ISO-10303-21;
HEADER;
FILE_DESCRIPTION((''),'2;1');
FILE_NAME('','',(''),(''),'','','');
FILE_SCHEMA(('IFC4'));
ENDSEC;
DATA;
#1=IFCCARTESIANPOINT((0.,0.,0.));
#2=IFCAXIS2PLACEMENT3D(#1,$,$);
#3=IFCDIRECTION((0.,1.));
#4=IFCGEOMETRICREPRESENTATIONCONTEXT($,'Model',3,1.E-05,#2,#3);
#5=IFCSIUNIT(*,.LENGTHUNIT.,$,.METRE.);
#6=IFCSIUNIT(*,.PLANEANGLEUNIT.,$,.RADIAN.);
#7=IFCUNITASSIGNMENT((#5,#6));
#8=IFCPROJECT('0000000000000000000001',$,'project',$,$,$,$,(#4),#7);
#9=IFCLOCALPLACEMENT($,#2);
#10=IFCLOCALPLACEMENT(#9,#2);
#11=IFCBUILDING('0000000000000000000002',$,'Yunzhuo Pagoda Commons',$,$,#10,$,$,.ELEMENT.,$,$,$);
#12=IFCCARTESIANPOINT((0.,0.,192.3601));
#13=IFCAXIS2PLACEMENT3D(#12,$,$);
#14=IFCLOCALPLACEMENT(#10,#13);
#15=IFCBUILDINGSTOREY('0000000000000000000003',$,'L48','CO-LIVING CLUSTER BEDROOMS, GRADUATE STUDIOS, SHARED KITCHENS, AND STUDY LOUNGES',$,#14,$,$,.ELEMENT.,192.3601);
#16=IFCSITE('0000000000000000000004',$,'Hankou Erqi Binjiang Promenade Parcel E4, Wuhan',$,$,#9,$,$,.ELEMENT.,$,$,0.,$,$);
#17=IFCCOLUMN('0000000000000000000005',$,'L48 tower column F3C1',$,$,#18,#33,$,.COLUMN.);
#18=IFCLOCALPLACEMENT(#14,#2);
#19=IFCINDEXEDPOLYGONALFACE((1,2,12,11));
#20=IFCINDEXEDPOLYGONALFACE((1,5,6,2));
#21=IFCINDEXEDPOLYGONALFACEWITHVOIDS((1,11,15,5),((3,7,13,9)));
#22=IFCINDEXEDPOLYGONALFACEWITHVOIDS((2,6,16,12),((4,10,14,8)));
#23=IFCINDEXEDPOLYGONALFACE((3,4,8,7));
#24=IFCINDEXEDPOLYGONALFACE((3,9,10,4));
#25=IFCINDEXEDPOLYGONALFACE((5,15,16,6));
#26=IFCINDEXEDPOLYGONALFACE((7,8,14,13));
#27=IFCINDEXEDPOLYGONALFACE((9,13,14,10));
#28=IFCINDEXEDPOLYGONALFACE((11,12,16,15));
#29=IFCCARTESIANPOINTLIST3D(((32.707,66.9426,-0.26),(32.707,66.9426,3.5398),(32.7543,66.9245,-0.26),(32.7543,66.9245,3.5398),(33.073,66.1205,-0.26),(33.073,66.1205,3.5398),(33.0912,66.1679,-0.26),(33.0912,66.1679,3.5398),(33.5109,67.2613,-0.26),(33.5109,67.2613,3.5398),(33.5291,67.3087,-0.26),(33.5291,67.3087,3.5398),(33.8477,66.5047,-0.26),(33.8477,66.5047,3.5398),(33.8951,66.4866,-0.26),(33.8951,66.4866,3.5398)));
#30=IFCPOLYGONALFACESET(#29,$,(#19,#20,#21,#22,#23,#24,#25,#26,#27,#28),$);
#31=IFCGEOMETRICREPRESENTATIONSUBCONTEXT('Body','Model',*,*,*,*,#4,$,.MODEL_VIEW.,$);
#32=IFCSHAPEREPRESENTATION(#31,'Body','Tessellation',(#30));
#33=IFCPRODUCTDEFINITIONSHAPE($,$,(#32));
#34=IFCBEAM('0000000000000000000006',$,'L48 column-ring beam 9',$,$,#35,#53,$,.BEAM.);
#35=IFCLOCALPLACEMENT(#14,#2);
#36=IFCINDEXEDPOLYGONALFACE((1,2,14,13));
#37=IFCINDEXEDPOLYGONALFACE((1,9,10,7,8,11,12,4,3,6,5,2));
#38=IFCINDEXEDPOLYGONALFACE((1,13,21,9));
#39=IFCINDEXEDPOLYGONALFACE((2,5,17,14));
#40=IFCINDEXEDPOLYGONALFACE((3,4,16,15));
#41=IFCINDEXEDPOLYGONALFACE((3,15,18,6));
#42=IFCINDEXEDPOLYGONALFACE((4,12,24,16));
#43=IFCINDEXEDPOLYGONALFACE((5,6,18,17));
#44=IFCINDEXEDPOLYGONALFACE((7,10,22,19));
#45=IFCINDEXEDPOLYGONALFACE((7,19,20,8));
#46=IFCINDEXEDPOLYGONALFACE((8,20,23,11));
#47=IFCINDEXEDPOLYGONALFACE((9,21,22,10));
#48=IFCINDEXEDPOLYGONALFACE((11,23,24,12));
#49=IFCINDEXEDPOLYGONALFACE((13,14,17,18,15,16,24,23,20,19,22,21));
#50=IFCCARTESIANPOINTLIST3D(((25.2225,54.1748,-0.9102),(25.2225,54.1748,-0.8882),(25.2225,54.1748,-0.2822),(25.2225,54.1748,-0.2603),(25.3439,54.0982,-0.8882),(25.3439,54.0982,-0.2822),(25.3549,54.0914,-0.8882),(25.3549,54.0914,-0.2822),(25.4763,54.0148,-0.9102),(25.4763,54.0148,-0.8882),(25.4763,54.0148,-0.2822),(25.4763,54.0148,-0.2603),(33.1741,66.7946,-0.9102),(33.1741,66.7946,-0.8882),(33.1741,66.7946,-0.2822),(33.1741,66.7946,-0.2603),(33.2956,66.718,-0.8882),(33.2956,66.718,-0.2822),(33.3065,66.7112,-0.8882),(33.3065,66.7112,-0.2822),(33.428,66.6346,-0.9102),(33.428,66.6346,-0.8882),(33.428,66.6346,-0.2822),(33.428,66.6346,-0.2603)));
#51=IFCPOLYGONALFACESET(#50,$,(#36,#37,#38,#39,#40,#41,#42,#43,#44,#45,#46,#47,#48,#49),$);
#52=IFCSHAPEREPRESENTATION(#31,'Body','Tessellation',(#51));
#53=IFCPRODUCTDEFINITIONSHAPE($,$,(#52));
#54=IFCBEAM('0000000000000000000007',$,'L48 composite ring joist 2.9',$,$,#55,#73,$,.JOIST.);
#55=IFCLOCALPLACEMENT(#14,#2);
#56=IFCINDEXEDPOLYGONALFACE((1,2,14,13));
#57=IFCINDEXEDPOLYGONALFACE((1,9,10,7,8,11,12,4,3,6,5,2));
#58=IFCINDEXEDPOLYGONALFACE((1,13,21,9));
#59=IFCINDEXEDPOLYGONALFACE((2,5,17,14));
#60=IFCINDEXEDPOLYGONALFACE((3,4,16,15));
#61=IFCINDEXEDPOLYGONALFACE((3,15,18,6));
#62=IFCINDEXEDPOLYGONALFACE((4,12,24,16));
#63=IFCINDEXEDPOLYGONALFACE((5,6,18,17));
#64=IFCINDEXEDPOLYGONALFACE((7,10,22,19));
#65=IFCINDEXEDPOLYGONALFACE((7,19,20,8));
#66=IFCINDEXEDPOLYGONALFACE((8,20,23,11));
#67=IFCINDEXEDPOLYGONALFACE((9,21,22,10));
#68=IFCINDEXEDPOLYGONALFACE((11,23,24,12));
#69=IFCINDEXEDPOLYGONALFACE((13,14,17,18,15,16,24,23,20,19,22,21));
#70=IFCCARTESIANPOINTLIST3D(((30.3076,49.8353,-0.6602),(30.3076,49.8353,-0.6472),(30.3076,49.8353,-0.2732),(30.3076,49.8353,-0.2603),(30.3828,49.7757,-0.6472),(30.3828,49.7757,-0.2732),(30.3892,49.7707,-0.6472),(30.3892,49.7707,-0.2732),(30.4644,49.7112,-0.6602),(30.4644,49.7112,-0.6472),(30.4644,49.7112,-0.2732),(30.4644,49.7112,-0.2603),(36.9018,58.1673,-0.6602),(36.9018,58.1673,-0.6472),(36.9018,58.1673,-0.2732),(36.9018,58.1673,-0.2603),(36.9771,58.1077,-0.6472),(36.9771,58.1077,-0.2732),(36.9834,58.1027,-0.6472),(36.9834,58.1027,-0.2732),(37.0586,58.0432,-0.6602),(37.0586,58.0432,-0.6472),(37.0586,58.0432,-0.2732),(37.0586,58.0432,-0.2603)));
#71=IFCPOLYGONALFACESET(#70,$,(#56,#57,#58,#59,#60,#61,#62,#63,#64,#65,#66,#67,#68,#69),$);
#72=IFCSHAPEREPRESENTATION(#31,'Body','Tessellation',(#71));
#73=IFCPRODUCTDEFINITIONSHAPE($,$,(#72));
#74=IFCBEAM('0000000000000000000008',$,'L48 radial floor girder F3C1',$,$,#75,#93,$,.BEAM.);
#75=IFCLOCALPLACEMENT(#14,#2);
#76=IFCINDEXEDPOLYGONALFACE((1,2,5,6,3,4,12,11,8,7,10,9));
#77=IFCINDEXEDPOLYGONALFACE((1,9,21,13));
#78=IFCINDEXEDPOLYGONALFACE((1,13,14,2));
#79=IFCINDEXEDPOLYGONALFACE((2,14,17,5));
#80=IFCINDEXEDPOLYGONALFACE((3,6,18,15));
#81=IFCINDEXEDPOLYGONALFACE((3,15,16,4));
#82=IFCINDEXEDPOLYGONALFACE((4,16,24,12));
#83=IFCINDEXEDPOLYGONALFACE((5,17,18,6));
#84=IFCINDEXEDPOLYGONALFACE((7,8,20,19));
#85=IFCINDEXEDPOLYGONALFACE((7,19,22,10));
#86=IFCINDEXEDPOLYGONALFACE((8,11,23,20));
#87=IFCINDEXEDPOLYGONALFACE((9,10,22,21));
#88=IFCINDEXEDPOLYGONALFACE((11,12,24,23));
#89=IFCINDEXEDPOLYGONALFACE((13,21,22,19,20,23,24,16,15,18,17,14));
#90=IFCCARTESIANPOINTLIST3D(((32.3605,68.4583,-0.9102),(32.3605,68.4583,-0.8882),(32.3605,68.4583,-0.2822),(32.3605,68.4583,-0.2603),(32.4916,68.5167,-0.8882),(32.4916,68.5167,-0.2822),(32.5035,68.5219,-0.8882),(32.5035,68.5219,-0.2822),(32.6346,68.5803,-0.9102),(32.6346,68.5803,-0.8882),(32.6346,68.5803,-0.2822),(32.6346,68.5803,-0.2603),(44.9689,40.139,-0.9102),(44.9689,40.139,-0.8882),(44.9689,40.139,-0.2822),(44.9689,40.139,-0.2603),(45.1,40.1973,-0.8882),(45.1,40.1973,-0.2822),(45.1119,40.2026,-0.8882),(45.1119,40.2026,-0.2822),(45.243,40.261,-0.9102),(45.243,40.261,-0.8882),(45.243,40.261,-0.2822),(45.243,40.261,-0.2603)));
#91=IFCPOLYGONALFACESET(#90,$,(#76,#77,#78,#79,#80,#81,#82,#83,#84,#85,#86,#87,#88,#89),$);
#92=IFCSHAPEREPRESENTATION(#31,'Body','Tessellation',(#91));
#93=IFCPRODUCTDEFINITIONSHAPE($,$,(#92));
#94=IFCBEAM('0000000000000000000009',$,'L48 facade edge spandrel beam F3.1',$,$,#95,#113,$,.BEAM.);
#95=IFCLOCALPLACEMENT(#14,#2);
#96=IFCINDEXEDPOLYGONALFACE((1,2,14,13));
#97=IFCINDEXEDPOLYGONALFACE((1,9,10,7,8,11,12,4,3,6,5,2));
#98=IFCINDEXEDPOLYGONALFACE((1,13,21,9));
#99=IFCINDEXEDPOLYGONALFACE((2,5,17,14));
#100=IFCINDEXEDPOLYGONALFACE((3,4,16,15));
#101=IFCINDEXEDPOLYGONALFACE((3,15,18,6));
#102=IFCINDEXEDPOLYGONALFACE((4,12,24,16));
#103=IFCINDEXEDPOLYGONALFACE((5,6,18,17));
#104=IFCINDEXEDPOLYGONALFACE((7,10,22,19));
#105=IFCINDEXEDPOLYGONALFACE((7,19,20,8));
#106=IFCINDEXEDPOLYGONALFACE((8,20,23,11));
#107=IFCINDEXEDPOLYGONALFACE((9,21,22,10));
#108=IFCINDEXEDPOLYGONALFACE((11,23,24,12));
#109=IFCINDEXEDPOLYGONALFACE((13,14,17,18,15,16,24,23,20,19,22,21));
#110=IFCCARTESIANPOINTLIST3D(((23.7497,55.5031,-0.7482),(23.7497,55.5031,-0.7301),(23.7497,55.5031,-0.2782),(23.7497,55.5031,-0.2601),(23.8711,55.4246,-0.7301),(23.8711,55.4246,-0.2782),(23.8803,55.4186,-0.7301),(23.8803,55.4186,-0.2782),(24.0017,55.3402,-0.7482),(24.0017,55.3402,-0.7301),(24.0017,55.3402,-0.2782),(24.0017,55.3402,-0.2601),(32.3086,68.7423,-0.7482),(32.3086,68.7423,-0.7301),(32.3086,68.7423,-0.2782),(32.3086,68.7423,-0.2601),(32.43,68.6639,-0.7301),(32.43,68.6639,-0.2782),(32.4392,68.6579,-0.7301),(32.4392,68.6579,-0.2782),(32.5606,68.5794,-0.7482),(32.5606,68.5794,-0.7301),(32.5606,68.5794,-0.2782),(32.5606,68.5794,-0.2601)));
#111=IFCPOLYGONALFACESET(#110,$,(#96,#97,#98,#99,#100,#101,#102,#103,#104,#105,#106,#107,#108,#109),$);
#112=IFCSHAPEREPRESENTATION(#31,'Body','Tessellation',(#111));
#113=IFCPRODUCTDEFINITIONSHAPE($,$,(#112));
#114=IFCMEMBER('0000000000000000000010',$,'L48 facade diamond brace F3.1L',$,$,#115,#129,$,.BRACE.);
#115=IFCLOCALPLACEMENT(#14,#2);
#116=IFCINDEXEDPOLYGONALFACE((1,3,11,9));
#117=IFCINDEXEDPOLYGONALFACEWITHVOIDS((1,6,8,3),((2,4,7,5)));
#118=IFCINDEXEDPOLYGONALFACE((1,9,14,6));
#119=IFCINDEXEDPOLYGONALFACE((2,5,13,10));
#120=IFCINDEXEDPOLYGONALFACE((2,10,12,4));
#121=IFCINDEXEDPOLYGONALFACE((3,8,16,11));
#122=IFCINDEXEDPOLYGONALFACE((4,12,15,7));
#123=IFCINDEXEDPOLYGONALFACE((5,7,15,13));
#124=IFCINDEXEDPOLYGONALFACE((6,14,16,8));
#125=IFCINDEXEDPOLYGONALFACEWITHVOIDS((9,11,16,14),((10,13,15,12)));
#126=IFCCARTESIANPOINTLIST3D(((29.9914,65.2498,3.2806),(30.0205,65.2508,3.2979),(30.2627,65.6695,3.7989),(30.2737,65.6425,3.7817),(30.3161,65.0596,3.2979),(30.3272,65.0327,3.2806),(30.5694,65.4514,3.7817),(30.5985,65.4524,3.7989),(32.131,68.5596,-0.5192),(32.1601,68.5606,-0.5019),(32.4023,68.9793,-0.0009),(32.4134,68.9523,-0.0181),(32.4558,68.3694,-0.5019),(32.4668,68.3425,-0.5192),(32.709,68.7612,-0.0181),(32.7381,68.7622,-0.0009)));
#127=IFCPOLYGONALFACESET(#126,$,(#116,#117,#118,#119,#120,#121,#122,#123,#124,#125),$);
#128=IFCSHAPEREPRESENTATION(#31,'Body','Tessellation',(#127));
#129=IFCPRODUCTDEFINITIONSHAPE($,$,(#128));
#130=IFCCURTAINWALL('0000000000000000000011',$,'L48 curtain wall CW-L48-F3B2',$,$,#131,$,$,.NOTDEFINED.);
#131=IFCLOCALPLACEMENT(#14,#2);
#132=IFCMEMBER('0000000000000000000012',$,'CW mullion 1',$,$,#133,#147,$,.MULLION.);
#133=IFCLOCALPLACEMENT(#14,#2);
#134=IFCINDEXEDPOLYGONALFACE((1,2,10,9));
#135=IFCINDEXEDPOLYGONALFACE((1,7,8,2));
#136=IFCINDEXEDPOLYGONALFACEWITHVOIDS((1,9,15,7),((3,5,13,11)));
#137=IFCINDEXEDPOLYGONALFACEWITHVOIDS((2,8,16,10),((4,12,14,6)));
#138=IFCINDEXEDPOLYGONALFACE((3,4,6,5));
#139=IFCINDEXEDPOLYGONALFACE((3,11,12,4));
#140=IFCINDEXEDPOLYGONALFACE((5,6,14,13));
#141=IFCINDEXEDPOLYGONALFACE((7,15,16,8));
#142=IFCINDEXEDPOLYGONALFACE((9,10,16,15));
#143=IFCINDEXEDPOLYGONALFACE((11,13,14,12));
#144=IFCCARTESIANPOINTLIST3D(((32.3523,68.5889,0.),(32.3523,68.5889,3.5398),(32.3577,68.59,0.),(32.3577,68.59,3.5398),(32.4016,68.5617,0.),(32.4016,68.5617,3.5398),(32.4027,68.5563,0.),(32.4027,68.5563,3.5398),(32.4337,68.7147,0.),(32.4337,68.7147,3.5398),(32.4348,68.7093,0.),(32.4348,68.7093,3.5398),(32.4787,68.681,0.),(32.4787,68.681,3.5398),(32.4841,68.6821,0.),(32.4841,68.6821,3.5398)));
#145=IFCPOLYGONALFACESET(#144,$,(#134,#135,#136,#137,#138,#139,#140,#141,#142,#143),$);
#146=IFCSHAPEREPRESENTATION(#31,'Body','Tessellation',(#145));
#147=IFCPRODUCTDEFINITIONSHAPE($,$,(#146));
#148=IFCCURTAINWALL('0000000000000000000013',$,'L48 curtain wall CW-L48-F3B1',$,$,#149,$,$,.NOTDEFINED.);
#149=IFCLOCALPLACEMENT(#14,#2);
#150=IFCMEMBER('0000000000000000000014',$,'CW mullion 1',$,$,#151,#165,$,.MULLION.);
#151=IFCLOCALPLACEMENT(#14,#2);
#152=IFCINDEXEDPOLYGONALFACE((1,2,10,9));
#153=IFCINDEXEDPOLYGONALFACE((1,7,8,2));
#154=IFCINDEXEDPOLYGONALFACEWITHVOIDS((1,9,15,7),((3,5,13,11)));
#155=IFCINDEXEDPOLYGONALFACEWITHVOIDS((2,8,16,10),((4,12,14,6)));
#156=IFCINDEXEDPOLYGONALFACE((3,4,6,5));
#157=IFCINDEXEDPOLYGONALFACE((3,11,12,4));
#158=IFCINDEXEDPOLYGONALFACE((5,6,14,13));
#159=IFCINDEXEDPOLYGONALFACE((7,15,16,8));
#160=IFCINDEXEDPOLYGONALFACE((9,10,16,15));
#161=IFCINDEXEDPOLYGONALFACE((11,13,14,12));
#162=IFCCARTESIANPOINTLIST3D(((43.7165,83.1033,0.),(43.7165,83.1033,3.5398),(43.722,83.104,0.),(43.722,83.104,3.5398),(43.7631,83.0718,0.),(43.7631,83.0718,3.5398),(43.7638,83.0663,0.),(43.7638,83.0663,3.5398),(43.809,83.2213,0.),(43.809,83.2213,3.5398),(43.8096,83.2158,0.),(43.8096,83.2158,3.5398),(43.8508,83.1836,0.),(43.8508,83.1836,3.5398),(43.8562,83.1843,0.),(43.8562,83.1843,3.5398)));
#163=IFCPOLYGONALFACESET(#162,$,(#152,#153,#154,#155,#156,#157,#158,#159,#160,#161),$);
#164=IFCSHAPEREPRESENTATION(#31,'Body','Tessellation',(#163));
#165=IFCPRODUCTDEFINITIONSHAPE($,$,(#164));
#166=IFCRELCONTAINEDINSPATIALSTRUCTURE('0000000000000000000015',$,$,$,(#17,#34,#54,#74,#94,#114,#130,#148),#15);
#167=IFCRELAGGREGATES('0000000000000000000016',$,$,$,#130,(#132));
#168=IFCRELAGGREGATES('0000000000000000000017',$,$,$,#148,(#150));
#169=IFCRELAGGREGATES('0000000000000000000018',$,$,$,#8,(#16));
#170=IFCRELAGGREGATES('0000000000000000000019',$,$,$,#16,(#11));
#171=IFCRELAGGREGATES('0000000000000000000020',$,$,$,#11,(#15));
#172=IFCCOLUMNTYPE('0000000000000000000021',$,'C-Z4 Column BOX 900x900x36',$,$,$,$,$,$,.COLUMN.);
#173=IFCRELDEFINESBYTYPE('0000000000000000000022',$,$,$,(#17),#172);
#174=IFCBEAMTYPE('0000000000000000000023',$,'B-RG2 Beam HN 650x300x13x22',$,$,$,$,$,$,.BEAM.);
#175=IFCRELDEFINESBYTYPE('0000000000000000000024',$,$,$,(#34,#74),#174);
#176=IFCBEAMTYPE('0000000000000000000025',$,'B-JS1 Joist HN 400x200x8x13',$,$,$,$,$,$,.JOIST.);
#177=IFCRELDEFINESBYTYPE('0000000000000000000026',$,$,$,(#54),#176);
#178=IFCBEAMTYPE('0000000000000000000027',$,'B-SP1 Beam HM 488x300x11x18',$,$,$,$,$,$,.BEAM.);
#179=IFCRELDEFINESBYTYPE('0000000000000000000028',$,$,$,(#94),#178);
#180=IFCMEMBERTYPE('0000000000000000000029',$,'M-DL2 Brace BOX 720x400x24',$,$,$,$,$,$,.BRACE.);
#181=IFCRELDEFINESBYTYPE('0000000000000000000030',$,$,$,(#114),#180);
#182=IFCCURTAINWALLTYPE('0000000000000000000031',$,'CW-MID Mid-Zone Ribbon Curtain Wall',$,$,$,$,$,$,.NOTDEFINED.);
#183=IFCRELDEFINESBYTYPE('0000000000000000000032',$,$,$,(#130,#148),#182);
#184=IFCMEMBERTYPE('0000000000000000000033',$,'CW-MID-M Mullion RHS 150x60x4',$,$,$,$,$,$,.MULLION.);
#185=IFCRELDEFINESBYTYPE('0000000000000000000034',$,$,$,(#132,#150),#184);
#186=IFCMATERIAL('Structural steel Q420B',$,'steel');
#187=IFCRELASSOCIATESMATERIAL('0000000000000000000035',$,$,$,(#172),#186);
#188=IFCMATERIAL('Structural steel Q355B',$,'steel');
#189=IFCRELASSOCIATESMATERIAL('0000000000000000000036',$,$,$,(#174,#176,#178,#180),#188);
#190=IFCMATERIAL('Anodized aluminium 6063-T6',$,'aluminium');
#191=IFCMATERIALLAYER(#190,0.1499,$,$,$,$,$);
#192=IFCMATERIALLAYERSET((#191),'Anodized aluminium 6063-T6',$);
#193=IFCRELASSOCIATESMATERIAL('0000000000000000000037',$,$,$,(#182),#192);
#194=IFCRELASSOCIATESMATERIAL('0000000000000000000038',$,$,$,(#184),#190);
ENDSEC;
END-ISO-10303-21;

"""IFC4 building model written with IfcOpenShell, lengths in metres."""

from ifc_helpers import new_model, si_unit, direction, frame, origin, origin_2d, place, context, subcontext, project, spatial, hollow_rectangle, i_section, extrude, source, transform, mapped, material, layer, layer_set, material_profile, profile_set, type_object, element, aggregate, save


model = new_model("IFC4")

# Units and contexts
model_context = context("Model", 3, precision=1e-05, world=origin(), true_north=direction((0.0, 1.0)))
body_context = subcontext(model_context, "Body", "Model", "MODEL_VIEW")
ifc_project = project(units=[si_unit("LENGTHUNIT", "METRE"), si_unit("PLANEANGLEUNIT", "RADIAN")], contexts=[model_context])

# Site, building, storey
site_placement = place(None, origin())
site = spatial("IfcSite", under=ifc_project, at=site_placement, Name="Hankou Erqi Binjiang Promenade Parcel E4, Wuhan", CompositionType="ELEMENT", RefElevation=0.0)
building_placement = place(site_placement, origin())
building = spatial("IfcBuilding", under=site, at=building_placement, Name="Yunzhuo Pagoda Commons", CompositionType="ELEMENT")
storey_placement = place(building_placement, frame((0.0, 0.0, 192.3601)))
storey = spatial("IfcBuildingStorey", under=building, at=storey_placement, Name="L48", Description="CO-LIVING CLUSTER BEDROOMS, GRADUATE STUDIOS, SHARED KITCHENS, AND STUDY LOUNGES", CompositionType="ELEMENT", Elevation=192.3601)

# Column
ifc_material_1 = material(Name="Structural steel Q420B", Category="steel")
ifc_material_profile_1 = material_profile(ifc_material_1, hollow_rectangle(XDim=0.8999, YDim=0.8999, WallThickness=0.0359, at=origin_2d()), Name="Structural steel Q420B")
ifc_profile_set_1 = profile_set([ifc_material_profile_1], Name="Structural steel Q420B")
column_type = type_object("IfcColumnType", Name="C-Z4 Column BOX 900x900x36", PredefinedType="COLUMN", material=ifc_profile_set_1)
shared_shape_1 = source(origin(), body_context, "Body", "SweptSolid", [
    extrude(hollow_rectangle(XDim=0.8999, YDim=0.8999, WallThickness=0.0359, at=origin_2d()), origin(), (0.0, 0.0, 1.0), 3.7998),
])
column_placement = place(storey_placement, frame((33.301, 66.7146, -0.26), z_axis=(0.0, 0.0, 1.0), x_axis=(-0.913545, -0.406737, 0.0)))
element("IfcColumn", 1, at=column_placement, inside=storey, type_object=column_type, Name="L48 tower column F3C1", PredefinedType="COLUMN", context=body_context, shape_type="MappedRepresentation", body=[
    mapped(shared_shape_1, transform((0.0, 0.0, 0.0), scale=1.0)),
])

# Beams
ifc_material_2 = material(Name="Structural steel Q355B", Category="steel")
ifc_material_profile_2 = material_profile(ifc_material_2, i_section(OverallWidth=0.3, OverallDepth=0.6499, WebThickness=0.0129, FlangeThickness=0.022, at=origin_2d()), Name="Structural steel Q355B")
ifc_profile_set_2 = profile_set([ifc_material_profile_2], Name="Structural steel Q355B")
beam_type_1 = type_object("IfcBeamType", Name="B-RG2 Beam HN 650x300x13x22", PredefinedType="BEAM", material=ifc_profile_set_2)
shared_shape_2 = source(origin(), body_context, "Body", "SweptSolid", [
    extrude(i_section(OverallWidth=0.3, OverallDepth=0.6499, WebThickness=0.0129, FlangeThickness=0.022, at=origin_2d()), origin(), (0.0, 0.0, 1.0), 14.916),
])
beam_1_placement = place(storey_placement, frame((33.301, 66.7146, -0.5852), z_axis=(-0.533092, -0.846057, 0.0), x_axis=(0.846057, -0.533092, 0.0)))
element("IfcBeam", 2, at=beam_1_placement, inside=storey, type_object=beam_type_1, Name="L48 column-ring beam 9", PredefinedType="BEAM", context=body_context, shape_type="MappedRepresentation", body=[
    mapped(shared_shape_2, transform((0.0, 0.0, 0.0), scale=1.0)),
])
ifc_material_profile_3 = material_profile(ifc_material_2, i_section(OverallWidth=0.2, OverallDepth=0.3999, WebThickness=0.0081, FlangeThickness=0.0129, at=origin_2d()), Name="Structural steel Q355B")
ifc_profile_set_3 = profile_set([ifc_material_profile_3], Name="Structural steel Q355B")
beam_type_2 = type_object("IfcBeamType", Name="B-JS1 Joist HN 400x200x8x13", PredefinedType="JOIST", material=ifc_profile_set_3)
shared_shape_3 = source(origin(), body_context, "Body", "SweptSolid", [
    extrude(i_section(OverallWidth=0.2, OverallDepth=0.3999, WebThickness=0.0081, FlangeThickness=0.0129, at=origin_2d()), origin(), (0.0, 0.0, 1.0), 10.6257),
])
beam_2_placement = place(storey_placement, frame((36.9802, 58.1052, -0.4602), z_axis=(-0.62059, -0.784135, 0.0), x_axis=(0.784135, -0.62059, 0.0)))
element("IfcBeam", 3, at=beam_2_placement, inside=storey, type_object=beam_type_2, Name="L48 composite ring joist 2.9", PredefinedType="JOIST", context=body_context, shape_type="MappedRepresentation", body=[
    mapped(shared_shape_3, transform((0.0, 0.0, 0.0), scale=1.0)),
])
shared_shape_4 = source(origin(), body_context, "Body", "SweptSolid", [
    extrude(i_section(OverallWidth=0.3, OverallDepth=0.6499, WebThickness=0.0129, FlangeThickness=0.022, at=origin_2d()), origin(), (0.0, 0.0, 1.0), 30.9993),
])
beam_3_placement = place(storey_placement, frame((32.4976, 68.5193, -0.5852), z_axis=(0.406732, -0.913548, 0.0), x_axis=(0.913548, 0.406732, 0.0)))
element("IfcBeam", 4, at=beam_3_placement, inside=storey, type_object=beam_type_1, Name="L48 radial floor girder F3C1", PredefinedType="BEAM", context=body_context, shape_type="MappedRepresentation", body=[
    mapped(shared_shape_4, transform((0.0, 0.0, 0.0), scale=1.0)),
])
ifc_material_profile_4 = material_profile(ifc_material_2, i_section(OverallWidth=0.3, OverallDepth=0.488, WebThickness=0.011, FlangeThickness=0.0181, at=origin_2d()), Name="Structural steel Q355B")
ifc_profile_set_4 = profile_set([ifc_material_profile_4], Name="Structural steel Q355B")
beam_type_3 = type_object("IfcBeamType", Name="B-SP1 Beam HM 488x300x11x18", PredefinedType="BEAM", material=ifc_profile_set_4)
shared_shape_5 = source(origin(), body_context, "Body", "SweptSolid", [
    extrude(i_section(OverallWidth=0.3, OverallDepth=0.488, WebThickness=0.011, FlangeThickness=0.0181, at=origin_2d()), origin(), (0.0, 0.0, 1.0), 15.7649),
])
beam_4_placement = place(storey_placement, frame((32.4346, 68.6609, -0.5042), z_axis=(-0.542905, -0.839794, 0.0), x_axis=(0.839794, -0.542905, 0.0)))
element("IfcBeam", 5, at=beam_4_placement, inside=storey, type_object=beam_type_3, Name="L48 facade edge spandrel beam F3.1", PredefinedType="BEAM", context=body_context, shape_type="MappedRepresentation", body=[
    mapped(shared_shape_5, transform((0.0, 0.0, 0.0), scale=1.0)),
])

# Member
ifc_material_profile_5 = material_profile(ifc_material_2, hollow_rectangle(XDim=0.3999, YDim=0.72, WallThickness=0.0239, at=origin_2d()), Name="Structural steel Q355B")
ifc_profile_set_5 = profile_set([ifc_material_profile_5], Name="Structural steel Q355B")
member_type_1 = type_object("IfcMemberType", Name="M-DL2 Brace BOX 720x400x24", PredefinedType="BRACE", material=ifc_profile_set_5)
shared_shape_6 = source(origin(), body_context, "Body", "SweptSolid", [
    extrude(hollow_rectangle(XDim=0.3999, YDim=0.72, WallThickness=0.0239, at=origin_2d()), origin(), (0.0, 0.0, 1.0), 5.4746),
])
member_1_placement = place(storey_placement, frame((32.4346, 68.6609, -0.26), z_axis=(-0.39083, -0.604574, 0.694076), x_axis=(0.839801, -0.542894, 0.0)))
element("IfcMember", 6, at=member_1_placement, inside=storey, type_object=member_type_1, Name="L48 facade diamond brace F3.1L", PredefinedType="BRACE", context=body_context, shape_type="MappedRepresentation", body=[
    mapped(shared_shape_6, transform((0.0, 0.0, 0.0), scale=1.0)),
])

# Curtain wall, member
ifc_material_3 = material(Name="Anodized aluminium 6063-T6", Category="aluminium")
ifc_layer_1 = layer(ifc_material_3, 0.1499)
ifc_layer_set_1 = layer_set([ifc_layer_1], Name="Anodized aluminium 6063-T6")
curtain_wall_type = type_object("IfcCurtainWallType", Name="CW-MID Mid-Zone Ribbon Curtain Wall", PredefinedType="NOTDEFINED", material=ifc_layer_set_1)
curtain_wall_1_placement = place(storey_placement, origin())
curtain_wall_1 = element("IfcCurtainWall", 7, at=curtain_wall_1_placement, inside=storey, type_object=curtain_wall_type, Name="L48 curtain wall CW-L48-F3B2", PredefinedType="NOTDEFINED")
ifc_material_profile_6 = material_profile(ifc_material_3, hollow_rectangle(XDim=0.0601, YDim=0.1499, WallThickness=0.0039, at=origin_2d()), Name="Anodized aluminium 6063-T6")
ifc_profile_set_6 = profile_set([ifc_material_profile_6], Name="Anodized aluminium 6063-T6")
member_type_2 = type_object("IfcMemberType", Name="CW-MID-M Mullion RHS 150x60x4", PredefinedType="MULLION", material=ifc_profile_set_6)
shared_shape_7 = source(origin(), body_context, "Body", "SweptSolid", [
    extrude(hollow_rectangle(XDim=0.0601, YDim=0.1499, WallThickness=0.0039, at=origin_2d()), origin(), (0.0, 0.0, 1.0), 3.5398),
])
member_2_placement = place(storey_placement, frame((32.4182, 68.6355, 0.0), z_axis=(0.0, 0.0, 1.0), x_axis=(0.839794, -0.542905, 0.0)))
member_2 = element("IfcMember", 8, at=member_2_placement, type_object=member_type_2, Name="CW mullion 1", PredefinedType="MULLION", context=body_context, shape_type="MappedRepresentation", body=[
    mapped(shared_shape_7, transform((0.0, 0.0, 0.0), scale=1.0)),
])

# Curtain wall, member
curtain_wall_2_placement = place(storey_placement, origin())
curtain_wall_2 = element("IfcCurtainWall", 9, at=curtain_wall_2_placement, inside=storey, type_object=curtain_wall_type, Name="L48 curtain wall CW-L48-F3B1", PredefinedType="NOTDEFINED")
member_3_placement = place(storey_placement, frame((43.7864, 83.1438, 0.0), z_axis=(0.0, 0.0, 1.0), x_axis=(0.78705, -0.616889, 0.0)))
member_3 = element("IfcMember", 10, at=member_3_placement, type_object=member_type_2, Name="CW mullion 1", PredefinedType="MULLION", context=body_context, shape_type="MappedRepresentation", body=[
    mapped(shared_shape_7, transform((0.0, 0.0, 0.0), scale=1.0)),
])

aggregate(curtain_wall_1, [member_2])

aggregate(curtain_wall_2, [member_3])

save(model, "model.ifc")
